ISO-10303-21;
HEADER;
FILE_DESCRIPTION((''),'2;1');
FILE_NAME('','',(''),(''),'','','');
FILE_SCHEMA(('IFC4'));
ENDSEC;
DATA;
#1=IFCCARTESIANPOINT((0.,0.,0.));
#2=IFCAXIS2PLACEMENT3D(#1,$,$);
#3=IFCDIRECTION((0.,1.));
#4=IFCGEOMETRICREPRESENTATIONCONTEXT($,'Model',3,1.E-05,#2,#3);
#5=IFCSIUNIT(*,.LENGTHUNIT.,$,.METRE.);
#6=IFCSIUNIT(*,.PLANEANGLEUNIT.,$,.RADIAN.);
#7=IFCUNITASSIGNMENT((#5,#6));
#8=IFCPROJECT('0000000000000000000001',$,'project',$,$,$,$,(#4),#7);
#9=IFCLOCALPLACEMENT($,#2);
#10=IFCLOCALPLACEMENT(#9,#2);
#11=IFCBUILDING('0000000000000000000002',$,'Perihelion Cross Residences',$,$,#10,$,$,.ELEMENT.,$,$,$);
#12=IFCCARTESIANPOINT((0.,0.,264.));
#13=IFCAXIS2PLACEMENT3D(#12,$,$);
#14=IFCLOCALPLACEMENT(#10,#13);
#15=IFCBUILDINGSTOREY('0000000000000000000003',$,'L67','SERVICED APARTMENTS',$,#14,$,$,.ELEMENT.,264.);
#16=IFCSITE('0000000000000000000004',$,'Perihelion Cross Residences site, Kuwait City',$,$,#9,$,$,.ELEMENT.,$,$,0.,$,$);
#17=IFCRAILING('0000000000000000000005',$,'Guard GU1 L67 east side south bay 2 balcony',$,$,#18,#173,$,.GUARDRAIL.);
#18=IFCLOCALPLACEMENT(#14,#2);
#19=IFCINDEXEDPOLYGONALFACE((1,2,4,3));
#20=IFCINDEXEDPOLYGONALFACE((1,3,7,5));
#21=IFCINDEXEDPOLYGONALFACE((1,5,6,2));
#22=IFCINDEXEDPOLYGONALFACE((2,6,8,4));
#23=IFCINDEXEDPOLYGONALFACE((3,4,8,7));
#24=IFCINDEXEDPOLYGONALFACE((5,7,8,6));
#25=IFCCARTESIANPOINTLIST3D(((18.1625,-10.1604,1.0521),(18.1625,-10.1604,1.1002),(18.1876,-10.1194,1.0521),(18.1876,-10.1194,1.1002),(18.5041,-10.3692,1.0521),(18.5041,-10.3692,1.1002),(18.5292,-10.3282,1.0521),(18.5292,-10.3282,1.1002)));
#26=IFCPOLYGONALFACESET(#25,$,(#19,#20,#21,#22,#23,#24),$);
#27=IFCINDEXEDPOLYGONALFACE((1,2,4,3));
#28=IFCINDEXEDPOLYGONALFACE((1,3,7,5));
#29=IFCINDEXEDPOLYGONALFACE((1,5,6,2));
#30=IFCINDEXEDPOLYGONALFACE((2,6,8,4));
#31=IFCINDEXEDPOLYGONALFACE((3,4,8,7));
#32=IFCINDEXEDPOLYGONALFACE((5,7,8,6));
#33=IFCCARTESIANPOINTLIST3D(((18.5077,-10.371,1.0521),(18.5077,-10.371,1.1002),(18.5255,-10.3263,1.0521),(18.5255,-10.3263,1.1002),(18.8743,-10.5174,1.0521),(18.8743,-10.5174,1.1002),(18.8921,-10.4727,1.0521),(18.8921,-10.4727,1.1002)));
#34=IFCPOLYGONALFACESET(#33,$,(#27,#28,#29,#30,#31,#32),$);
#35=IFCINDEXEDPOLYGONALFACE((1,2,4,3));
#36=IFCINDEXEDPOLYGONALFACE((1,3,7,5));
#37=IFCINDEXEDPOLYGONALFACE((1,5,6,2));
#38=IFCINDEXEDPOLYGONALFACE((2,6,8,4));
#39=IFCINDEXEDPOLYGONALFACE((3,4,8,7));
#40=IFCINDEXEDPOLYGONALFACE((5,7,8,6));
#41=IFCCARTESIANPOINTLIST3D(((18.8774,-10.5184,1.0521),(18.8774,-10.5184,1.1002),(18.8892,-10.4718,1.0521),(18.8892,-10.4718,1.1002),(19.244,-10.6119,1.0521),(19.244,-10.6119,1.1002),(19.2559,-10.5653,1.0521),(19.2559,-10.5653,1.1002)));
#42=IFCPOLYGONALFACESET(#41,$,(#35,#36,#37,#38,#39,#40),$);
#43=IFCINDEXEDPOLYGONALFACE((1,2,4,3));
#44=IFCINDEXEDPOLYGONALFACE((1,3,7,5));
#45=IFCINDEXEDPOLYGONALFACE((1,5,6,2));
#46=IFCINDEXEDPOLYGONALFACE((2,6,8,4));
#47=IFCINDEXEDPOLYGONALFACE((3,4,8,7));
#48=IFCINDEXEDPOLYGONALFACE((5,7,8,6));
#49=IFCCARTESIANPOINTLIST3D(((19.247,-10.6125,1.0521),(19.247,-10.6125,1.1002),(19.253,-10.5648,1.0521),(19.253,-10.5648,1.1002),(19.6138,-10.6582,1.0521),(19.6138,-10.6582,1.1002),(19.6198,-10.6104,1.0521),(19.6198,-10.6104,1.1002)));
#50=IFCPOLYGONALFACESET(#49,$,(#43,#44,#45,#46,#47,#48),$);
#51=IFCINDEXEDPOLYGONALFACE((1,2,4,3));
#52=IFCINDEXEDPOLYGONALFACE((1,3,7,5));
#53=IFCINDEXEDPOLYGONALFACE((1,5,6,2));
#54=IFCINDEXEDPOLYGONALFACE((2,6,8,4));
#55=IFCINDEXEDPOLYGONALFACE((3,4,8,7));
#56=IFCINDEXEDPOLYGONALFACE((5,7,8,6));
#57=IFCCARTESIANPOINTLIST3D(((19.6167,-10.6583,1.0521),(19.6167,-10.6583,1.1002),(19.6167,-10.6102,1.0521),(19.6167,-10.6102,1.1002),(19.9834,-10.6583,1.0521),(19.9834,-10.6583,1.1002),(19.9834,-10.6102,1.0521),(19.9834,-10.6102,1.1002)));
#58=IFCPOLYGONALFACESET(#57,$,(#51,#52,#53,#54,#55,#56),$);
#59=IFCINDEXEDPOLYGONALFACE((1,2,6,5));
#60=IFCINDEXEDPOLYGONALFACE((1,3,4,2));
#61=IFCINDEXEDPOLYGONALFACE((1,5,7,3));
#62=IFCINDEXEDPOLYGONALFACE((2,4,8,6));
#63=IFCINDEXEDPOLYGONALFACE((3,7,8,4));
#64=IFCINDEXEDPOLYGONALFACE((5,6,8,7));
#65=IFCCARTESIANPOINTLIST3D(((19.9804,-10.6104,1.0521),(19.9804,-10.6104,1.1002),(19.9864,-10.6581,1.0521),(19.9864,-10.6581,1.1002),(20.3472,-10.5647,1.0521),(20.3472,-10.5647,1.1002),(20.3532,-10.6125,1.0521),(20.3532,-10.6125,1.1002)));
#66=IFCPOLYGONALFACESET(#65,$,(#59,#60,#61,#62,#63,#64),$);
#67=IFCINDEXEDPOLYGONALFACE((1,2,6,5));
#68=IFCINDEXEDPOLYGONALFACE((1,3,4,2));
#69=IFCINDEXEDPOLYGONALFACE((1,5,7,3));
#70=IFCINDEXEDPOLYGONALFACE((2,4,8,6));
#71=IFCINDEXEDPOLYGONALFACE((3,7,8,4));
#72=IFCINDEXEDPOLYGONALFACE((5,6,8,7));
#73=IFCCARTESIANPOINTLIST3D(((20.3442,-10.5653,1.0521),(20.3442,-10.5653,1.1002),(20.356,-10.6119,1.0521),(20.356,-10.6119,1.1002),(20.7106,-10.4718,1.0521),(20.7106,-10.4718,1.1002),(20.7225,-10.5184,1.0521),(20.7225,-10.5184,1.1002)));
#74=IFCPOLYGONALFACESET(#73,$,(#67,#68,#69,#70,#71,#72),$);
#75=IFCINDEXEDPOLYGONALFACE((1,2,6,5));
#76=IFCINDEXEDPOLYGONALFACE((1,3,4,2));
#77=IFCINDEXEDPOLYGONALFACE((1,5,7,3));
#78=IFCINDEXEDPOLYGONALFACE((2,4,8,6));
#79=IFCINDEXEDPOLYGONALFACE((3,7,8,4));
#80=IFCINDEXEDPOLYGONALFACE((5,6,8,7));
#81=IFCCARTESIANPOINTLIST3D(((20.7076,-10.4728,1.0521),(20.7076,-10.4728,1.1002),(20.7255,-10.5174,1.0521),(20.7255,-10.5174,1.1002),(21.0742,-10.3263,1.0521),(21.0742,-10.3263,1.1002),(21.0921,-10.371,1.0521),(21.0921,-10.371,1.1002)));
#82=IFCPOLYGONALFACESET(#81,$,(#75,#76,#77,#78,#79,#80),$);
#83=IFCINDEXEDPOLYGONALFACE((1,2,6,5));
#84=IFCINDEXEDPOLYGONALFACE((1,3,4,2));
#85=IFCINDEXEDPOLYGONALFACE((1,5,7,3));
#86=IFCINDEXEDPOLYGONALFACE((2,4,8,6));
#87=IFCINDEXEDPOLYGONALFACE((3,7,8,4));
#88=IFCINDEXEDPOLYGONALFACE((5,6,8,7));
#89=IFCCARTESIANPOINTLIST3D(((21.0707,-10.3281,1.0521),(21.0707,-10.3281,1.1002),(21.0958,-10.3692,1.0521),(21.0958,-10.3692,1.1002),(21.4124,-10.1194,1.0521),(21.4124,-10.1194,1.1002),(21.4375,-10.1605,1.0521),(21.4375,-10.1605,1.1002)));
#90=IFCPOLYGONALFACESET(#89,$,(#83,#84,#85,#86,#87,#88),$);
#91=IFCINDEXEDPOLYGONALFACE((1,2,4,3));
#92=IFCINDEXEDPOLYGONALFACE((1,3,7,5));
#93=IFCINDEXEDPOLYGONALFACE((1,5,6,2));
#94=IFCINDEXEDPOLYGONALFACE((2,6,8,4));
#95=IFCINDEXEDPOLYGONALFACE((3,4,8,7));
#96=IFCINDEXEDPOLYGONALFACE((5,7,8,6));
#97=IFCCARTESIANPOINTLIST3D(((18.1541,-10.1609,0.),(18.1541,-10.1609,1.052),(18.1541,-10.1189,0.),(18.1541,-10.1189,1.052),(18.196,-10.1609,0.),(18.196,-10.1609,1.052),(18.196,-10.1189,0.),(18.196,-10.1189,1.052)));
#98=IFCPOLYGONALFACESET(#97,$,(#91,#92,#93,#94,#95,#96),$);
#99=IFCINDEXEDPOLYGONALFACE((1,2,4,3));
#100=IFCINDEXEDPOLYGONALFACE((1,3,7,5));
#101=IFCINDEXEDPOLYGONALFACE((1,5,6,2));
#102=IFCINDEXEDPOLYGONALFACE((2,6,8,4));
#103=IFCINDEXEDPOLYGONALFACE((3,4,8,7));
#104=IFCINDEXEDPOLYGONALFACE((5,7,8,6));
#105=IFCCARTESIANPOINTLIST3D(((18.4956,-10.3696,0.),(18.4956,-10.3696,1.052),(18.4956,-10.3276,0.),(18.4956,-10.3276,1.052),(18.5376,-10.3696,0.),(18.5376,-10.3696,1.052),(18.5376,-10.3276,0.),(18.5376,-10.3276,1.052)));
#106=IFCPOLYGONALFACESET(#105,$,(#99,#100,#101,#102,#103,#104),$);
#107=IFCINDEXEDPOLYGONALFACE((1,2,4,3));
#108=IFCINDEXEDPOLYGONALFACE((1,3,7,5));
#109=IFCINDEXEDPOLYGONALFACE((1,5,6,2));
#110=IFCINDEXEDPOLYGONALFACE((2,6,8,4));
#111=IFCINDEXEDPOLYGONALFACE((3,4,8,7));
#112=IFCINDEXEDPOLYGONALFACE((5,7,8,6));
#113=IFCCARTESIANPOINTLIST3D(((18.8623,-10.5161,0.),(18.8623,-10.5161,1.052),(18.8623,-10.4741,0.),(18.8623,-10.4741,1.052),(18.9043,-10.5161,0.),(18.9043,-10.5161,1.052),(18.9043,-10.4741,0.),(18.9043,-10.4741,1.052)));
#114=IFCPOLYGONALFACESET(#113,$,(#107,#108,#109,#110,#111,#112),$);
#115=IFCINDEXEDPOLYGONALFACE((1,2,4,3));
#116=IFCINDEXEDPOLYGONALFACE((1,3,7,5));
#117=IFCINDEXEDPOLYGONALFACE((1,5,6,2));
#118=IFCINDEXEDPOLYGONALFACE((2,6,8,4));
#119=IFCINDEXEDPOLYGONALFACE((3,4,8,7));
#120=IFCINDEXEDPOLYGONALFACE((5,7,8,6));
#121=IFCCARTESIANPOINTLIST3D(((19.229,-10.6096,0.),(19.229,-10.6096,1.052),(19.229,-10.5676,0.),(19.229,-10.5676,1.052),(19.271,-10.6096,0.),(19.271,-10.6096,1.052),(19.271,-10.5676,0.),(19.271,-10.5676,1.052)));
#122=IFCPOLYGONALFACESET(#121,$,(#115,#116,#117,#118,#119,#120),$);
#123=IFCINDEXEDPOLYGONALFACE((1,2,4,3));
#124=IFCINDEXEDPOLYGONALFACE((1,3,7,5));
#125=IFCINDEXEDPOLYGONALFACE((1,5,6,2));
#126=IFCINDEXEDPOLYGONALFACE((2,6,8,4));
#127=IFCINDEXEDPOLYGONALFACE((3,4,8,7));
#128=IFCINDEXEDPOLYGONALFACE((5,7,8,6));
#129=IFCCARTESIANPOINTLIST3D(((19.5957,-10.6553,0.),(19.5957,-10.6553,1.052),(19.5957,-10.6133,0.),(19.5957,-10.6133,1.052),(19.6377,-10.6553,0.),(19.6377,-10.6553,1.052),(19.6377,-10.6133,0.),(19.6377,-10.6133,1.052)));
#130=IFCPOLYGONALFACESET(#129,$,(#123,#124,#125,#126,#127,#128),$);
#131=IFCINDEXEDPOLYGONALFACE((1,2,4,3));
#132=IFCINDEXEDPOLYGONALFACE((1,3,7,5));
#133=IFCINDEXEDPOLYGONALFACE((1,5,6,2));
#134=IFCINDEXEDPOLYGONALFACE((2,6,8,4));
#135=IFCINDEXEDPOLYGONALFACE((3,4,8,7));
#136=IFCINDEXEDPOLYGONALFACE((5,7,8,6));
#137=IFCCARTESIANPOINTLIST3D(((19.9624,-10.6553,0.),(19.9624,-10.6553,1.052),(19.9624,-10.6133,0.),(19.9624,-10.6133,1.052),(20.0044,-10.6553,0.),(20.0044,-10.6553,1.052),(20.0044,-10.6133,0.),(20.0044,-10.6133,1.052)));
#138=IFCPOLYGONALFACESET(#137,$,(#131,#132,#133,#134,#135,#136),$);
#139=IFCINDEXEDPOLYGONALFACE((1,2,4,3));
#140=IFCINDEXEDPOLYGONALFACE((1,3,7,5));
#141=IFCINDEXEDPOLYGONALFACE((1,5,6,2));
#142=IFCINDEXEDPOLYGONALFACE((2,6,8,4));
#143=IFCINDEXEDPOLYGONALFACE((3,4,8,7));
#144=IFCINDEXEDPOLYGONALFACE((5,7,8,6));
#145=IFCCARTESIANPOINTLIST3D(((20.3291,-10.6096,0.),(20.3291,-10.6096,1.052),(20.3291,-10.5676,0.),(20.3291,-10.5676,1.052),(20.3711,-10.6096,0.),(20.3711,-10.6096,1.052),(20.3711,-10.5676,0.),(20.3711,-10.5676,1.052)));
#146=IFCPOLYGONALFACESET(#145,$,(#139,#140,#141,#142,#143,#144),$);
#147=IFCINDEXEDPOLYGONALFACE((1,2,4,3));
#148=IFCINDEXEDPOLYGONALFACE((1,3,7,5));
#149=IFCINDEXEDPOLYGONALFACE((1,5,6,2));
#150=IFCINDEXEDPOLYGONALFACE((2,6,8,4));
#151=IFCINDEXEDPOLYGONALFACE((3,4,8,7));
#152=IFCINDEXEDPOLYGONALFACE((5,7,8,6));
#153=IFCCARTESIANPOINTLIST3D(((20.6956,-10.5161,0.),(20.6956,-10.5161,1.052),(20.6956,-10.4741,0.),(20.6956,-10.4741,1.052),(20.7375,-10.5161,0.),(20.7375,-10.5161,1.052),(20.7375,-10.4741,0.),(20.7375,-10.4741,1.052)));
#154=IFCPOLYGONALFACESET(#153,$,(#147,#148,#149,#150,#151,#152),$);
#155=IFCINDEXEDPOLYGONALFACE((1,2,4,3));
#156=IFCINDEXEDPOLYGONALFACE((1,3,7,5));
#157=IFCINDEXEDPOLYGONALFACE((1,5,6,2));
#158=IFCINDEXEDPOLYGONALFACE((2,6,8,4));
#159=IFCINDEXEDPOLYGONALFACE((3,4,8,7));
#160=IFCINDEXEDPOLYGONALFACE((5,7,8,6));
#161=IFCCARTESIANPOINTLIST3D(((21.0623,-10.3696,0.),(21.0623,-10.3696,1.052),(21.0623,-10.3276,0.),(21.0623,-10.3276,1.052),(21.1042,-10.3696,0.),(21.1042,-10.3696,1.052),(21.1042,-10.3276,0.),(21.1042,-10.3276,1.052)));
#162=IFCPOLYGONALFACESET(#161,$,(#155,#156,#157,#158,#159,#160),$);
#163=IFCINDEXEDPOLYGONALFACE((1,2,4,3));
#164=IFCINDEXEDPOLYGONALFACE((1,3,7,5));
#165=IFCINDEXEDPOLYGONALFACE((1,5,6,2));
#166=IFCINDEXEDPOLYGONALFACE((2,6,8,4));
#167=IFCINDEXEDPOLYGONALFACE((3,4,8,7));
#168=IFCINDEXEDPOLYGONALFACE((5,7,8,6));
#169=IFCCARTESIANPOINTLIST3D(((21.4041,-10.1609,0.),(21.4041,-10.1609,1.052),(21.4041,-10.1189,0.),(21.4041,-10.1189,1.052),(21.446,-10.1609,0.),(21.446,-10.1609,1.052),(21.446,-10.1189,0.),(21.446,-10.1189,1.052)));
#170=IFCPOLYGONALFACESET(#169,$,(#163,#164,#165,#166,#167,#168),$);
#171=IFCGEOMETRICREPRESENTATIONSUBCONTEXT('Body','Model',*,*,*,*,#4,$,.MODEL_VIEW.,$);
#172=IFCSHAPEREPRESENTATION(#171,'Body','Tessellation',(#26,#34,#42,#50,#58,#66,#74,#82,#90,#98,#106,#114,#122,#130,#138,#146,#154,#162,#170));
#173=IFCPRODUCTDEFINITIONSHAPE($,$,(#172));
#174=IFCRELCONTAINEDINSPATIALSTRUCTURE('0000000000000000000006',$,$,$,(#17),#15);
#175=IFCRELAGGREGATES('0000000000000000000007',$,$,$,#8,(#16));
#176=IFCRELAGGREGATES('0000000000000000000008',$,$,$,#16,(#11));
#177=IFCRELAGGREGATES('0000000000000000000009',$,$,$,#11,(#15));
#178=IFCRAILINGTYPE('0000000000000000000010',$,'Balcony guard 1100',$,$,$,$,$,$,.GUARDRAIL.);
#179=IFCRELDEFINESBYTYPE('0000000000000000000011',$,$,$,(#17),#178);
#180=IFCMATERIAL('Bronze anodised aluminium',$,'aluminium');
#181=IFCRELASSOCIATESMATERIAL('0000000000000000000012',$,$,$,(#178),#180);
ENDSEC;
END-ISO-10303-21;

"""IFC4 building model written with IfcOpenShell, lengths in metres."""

from ifc_helpers import new_model, si_unit, direction, frame, origin, origin_2d, place, context, subcontext, project, spatial, rectangle, extrude, material, type_object, element, save


model = new_model("IFC4")

# Units and contexts
model_context = context("Model", 3, precision=1e-05, world=origin(), true_north=direction((0.0, 1.0)))
body_context = subcontext(model_context, "Body", "Model", "MODEL_VIEW")
ifc_project = project(units=[si_unit("LENGTHUNIT", "METRE"), si_unit("PLANEANGLEUNIT", "RADIAN")], contexts=[model_context])

# Site, building, storey
site_placement = place(None, origin())
site = spatial("IfcSite", under=ifc_project, at=site_placement, Name="Perihelion Cross Residences site, Kuwait City", CompositionType="ELEMENT", RefElevation=0.0)
building_placement = place(site_placement, origin())
building = spatial("IfcBuilding", under=site, at=building_placement, Name="Perihelion Cross Residences", CompositionType="ELEMENT")
storey_placement = place(building_placement, frame((0.0, 0.0, 264.0)))
storey = spatial("IfcBuildingStorey", under=building, at=storey_placement, Name="L67", Description="SERVICED APARTMENTS", CompositionType="ELEMENT", Elevation=264.0)

# Railing
ifc_material_1 = material(Name="Bronze anodised aluminium", Category="aluminium")
railing_type = type_object("IfcRailingType", Name="Balcony guard 1100", PredefinedType="GUARDRAIL", material=ifc_material_1)
railing_placement = place(storey_placement, frame((18.175, -10.1399, 0.0)))
element("IfcRailing", 1, at=railing_placement, inside=storey, type_object=railing_type, Name="Guard GU1 L67 east side south bay 2 balcony", PredefinedType="GUARDRAIL", context=body_context, shape_type="SweptSolid", body=[
    extrude(rectangle(XDim=0.0481, YDim=0.0481, at=origin_2d()), frame((0.0, 0.0, 1.0762), z_axis=(0.853267, -0.521475, 0.0), x_axis=(0.521475, 0.853267, 0.0)), (0.0, 0.0, 1.0), 0.4004),
    extrude(rectangle(XDim=0.0481, YDim=0.0481, at=origin_2d()), frame((0.3416, -0.2087, 1.0762), z_axis=(0.928647, -0.370964, 0.0), x_axis=(0.370964, 0.928647, 0.0)), (0.0, 0.0, 1.0), 0.3948),
    extrude(rectangle(XDim=0.0481, YDim=0.0481, at=origin_2d()), frame((0.7083, -0.3552, 1.0762), z_axis=(0.968993, -0.247087, 0.0), x_axis=(0.247087, 0.968993, 0.0)), (0.0, 0.0, 1.0), 0.3784),
    extrude(rectangle(XDim=0.0481, YDim=0.0481, at=origin_2d()), frame((1.075, -0.4487, 1.0762), z_axis=(0.992339, -0.123547, 0.0), x_axis=(0.123547, 0.992339, 0.0)), (0.0, 0.0, 1.0), 0.3696),
    extrude(rectangle(XDim=0.0481, YDim=0.0481, at=origin_2d()), frame((1.4417, -0.4944, 1.0762), z_axis=(1.0, 0.0, 0.0), x_axis=(0.0, 1.0, 0.0)), (0.0, 0.0, 1.0), 0.3667),
    extrude(rectangle(XDim=0.0481, YDim=0.0481, at=origin_2d()), frame((1.8083, -0.4944, 1.0762), z_axis=(0.992339, 0.123547, 0.0), x_axis=(-0.123547, 0.992339, 0.0)), (0.0, 0.0, 1.0), 0.3696),
    extrude(rectangle(XDim=0.0481, YDim=0.0481, at=origin_2d()), frame((2.175, -0.4487, 1.0762), z_axis=(0.968954, 0.247241, 0.0), x_axis=(-0.247241, 0.968954, 0.0)), (0.0, 0.0, 1.0), 0.3782),
    extrude(rectangle(XDim=0.0481, YDim=0.0481, at=origin_2d()), frame((2.5415, -0.3552, 1.0762), z_axis=(0.928647, 0.370964, 0.0), x_axis=(-0.370964, 0.928647, 0.0)), (0.0, 0.0, 1.0), 0.3948),
    extrude(rectangle(XDim=0.0481, YDim=0.0481, at=origin_2d()), frame((2.9082, -0.2087, 1.0762), z_axis=(0.853432, 0.521203, 0.0), x_axis=(-0.521203, 0.853432, 0.0)), (0.0, 0.0, 1.0), 0.4004),
    extrude(rectangle(XDim=0.042, YDim=0.042, at=origin_2d()), origin(), (0.0, 0.0, 1.0), 1.052),
    extrude(rectangle(XDim=0.042, YDim=0.042, at=origin_2d()), frame((0.3416, -0.2087, 0.0)), (0.0, 0.0, 1.0), 1.052),
    extrude(rectangle(XDim=0.042, YDim=0.042, at=origin_2d()), frame((0.7083, -0.3552, 0.0)), (0.0, 0.0, 1.0), 1.052),
    extrude(rectangle(XDim=0.042, YDim=0.042, at=origin_2d()), frame((1.075, -0.4487, 0.0)), (0.0, 0.0, 1.0), 1.052),
    extrude(rectangle(XDim=0.042, YDim=0.042, at=origin_2d()), frame((1.4417, -0.4944, 0.0)), (0.0, 0.0, 1.0), 1.052),
    extrude(rectangle(XDim=0.042, YDim=0.042, at=origin_2d()), frame((1.8083, -0.4944, 0.0)), (0.0, 0.0, 1.0), 1.052),
    extrude(rectangle(XDim=0.042, YDim=0.042, at=origin_2d()), frame((2.175, -0.4487, 0.0)), (0.0, 0.0, 1.0), 1.052),
    extrude(rectangle(XDim=0.042, YDim=0.042, at=origin_2d()), frame((2.5415, -0.3552, 0.0)), (0.0, 0.0, 1.0), 1.052),
    extrude(rectangle(XDim=0.042, YDim=0.042, at=origin_2d()), frame((2.9082, -0.2087, 0.0)), (0.0, 0.0, 1.0), 1.052),
    extrude(rectangle(XDim=0.042, YDim=0.042, at=origin_2d()), frame((3.25, 0.0, 0.0)), (0.0, 0.0, 1.0), 1.052),
])

save(model, "model.ifc")
